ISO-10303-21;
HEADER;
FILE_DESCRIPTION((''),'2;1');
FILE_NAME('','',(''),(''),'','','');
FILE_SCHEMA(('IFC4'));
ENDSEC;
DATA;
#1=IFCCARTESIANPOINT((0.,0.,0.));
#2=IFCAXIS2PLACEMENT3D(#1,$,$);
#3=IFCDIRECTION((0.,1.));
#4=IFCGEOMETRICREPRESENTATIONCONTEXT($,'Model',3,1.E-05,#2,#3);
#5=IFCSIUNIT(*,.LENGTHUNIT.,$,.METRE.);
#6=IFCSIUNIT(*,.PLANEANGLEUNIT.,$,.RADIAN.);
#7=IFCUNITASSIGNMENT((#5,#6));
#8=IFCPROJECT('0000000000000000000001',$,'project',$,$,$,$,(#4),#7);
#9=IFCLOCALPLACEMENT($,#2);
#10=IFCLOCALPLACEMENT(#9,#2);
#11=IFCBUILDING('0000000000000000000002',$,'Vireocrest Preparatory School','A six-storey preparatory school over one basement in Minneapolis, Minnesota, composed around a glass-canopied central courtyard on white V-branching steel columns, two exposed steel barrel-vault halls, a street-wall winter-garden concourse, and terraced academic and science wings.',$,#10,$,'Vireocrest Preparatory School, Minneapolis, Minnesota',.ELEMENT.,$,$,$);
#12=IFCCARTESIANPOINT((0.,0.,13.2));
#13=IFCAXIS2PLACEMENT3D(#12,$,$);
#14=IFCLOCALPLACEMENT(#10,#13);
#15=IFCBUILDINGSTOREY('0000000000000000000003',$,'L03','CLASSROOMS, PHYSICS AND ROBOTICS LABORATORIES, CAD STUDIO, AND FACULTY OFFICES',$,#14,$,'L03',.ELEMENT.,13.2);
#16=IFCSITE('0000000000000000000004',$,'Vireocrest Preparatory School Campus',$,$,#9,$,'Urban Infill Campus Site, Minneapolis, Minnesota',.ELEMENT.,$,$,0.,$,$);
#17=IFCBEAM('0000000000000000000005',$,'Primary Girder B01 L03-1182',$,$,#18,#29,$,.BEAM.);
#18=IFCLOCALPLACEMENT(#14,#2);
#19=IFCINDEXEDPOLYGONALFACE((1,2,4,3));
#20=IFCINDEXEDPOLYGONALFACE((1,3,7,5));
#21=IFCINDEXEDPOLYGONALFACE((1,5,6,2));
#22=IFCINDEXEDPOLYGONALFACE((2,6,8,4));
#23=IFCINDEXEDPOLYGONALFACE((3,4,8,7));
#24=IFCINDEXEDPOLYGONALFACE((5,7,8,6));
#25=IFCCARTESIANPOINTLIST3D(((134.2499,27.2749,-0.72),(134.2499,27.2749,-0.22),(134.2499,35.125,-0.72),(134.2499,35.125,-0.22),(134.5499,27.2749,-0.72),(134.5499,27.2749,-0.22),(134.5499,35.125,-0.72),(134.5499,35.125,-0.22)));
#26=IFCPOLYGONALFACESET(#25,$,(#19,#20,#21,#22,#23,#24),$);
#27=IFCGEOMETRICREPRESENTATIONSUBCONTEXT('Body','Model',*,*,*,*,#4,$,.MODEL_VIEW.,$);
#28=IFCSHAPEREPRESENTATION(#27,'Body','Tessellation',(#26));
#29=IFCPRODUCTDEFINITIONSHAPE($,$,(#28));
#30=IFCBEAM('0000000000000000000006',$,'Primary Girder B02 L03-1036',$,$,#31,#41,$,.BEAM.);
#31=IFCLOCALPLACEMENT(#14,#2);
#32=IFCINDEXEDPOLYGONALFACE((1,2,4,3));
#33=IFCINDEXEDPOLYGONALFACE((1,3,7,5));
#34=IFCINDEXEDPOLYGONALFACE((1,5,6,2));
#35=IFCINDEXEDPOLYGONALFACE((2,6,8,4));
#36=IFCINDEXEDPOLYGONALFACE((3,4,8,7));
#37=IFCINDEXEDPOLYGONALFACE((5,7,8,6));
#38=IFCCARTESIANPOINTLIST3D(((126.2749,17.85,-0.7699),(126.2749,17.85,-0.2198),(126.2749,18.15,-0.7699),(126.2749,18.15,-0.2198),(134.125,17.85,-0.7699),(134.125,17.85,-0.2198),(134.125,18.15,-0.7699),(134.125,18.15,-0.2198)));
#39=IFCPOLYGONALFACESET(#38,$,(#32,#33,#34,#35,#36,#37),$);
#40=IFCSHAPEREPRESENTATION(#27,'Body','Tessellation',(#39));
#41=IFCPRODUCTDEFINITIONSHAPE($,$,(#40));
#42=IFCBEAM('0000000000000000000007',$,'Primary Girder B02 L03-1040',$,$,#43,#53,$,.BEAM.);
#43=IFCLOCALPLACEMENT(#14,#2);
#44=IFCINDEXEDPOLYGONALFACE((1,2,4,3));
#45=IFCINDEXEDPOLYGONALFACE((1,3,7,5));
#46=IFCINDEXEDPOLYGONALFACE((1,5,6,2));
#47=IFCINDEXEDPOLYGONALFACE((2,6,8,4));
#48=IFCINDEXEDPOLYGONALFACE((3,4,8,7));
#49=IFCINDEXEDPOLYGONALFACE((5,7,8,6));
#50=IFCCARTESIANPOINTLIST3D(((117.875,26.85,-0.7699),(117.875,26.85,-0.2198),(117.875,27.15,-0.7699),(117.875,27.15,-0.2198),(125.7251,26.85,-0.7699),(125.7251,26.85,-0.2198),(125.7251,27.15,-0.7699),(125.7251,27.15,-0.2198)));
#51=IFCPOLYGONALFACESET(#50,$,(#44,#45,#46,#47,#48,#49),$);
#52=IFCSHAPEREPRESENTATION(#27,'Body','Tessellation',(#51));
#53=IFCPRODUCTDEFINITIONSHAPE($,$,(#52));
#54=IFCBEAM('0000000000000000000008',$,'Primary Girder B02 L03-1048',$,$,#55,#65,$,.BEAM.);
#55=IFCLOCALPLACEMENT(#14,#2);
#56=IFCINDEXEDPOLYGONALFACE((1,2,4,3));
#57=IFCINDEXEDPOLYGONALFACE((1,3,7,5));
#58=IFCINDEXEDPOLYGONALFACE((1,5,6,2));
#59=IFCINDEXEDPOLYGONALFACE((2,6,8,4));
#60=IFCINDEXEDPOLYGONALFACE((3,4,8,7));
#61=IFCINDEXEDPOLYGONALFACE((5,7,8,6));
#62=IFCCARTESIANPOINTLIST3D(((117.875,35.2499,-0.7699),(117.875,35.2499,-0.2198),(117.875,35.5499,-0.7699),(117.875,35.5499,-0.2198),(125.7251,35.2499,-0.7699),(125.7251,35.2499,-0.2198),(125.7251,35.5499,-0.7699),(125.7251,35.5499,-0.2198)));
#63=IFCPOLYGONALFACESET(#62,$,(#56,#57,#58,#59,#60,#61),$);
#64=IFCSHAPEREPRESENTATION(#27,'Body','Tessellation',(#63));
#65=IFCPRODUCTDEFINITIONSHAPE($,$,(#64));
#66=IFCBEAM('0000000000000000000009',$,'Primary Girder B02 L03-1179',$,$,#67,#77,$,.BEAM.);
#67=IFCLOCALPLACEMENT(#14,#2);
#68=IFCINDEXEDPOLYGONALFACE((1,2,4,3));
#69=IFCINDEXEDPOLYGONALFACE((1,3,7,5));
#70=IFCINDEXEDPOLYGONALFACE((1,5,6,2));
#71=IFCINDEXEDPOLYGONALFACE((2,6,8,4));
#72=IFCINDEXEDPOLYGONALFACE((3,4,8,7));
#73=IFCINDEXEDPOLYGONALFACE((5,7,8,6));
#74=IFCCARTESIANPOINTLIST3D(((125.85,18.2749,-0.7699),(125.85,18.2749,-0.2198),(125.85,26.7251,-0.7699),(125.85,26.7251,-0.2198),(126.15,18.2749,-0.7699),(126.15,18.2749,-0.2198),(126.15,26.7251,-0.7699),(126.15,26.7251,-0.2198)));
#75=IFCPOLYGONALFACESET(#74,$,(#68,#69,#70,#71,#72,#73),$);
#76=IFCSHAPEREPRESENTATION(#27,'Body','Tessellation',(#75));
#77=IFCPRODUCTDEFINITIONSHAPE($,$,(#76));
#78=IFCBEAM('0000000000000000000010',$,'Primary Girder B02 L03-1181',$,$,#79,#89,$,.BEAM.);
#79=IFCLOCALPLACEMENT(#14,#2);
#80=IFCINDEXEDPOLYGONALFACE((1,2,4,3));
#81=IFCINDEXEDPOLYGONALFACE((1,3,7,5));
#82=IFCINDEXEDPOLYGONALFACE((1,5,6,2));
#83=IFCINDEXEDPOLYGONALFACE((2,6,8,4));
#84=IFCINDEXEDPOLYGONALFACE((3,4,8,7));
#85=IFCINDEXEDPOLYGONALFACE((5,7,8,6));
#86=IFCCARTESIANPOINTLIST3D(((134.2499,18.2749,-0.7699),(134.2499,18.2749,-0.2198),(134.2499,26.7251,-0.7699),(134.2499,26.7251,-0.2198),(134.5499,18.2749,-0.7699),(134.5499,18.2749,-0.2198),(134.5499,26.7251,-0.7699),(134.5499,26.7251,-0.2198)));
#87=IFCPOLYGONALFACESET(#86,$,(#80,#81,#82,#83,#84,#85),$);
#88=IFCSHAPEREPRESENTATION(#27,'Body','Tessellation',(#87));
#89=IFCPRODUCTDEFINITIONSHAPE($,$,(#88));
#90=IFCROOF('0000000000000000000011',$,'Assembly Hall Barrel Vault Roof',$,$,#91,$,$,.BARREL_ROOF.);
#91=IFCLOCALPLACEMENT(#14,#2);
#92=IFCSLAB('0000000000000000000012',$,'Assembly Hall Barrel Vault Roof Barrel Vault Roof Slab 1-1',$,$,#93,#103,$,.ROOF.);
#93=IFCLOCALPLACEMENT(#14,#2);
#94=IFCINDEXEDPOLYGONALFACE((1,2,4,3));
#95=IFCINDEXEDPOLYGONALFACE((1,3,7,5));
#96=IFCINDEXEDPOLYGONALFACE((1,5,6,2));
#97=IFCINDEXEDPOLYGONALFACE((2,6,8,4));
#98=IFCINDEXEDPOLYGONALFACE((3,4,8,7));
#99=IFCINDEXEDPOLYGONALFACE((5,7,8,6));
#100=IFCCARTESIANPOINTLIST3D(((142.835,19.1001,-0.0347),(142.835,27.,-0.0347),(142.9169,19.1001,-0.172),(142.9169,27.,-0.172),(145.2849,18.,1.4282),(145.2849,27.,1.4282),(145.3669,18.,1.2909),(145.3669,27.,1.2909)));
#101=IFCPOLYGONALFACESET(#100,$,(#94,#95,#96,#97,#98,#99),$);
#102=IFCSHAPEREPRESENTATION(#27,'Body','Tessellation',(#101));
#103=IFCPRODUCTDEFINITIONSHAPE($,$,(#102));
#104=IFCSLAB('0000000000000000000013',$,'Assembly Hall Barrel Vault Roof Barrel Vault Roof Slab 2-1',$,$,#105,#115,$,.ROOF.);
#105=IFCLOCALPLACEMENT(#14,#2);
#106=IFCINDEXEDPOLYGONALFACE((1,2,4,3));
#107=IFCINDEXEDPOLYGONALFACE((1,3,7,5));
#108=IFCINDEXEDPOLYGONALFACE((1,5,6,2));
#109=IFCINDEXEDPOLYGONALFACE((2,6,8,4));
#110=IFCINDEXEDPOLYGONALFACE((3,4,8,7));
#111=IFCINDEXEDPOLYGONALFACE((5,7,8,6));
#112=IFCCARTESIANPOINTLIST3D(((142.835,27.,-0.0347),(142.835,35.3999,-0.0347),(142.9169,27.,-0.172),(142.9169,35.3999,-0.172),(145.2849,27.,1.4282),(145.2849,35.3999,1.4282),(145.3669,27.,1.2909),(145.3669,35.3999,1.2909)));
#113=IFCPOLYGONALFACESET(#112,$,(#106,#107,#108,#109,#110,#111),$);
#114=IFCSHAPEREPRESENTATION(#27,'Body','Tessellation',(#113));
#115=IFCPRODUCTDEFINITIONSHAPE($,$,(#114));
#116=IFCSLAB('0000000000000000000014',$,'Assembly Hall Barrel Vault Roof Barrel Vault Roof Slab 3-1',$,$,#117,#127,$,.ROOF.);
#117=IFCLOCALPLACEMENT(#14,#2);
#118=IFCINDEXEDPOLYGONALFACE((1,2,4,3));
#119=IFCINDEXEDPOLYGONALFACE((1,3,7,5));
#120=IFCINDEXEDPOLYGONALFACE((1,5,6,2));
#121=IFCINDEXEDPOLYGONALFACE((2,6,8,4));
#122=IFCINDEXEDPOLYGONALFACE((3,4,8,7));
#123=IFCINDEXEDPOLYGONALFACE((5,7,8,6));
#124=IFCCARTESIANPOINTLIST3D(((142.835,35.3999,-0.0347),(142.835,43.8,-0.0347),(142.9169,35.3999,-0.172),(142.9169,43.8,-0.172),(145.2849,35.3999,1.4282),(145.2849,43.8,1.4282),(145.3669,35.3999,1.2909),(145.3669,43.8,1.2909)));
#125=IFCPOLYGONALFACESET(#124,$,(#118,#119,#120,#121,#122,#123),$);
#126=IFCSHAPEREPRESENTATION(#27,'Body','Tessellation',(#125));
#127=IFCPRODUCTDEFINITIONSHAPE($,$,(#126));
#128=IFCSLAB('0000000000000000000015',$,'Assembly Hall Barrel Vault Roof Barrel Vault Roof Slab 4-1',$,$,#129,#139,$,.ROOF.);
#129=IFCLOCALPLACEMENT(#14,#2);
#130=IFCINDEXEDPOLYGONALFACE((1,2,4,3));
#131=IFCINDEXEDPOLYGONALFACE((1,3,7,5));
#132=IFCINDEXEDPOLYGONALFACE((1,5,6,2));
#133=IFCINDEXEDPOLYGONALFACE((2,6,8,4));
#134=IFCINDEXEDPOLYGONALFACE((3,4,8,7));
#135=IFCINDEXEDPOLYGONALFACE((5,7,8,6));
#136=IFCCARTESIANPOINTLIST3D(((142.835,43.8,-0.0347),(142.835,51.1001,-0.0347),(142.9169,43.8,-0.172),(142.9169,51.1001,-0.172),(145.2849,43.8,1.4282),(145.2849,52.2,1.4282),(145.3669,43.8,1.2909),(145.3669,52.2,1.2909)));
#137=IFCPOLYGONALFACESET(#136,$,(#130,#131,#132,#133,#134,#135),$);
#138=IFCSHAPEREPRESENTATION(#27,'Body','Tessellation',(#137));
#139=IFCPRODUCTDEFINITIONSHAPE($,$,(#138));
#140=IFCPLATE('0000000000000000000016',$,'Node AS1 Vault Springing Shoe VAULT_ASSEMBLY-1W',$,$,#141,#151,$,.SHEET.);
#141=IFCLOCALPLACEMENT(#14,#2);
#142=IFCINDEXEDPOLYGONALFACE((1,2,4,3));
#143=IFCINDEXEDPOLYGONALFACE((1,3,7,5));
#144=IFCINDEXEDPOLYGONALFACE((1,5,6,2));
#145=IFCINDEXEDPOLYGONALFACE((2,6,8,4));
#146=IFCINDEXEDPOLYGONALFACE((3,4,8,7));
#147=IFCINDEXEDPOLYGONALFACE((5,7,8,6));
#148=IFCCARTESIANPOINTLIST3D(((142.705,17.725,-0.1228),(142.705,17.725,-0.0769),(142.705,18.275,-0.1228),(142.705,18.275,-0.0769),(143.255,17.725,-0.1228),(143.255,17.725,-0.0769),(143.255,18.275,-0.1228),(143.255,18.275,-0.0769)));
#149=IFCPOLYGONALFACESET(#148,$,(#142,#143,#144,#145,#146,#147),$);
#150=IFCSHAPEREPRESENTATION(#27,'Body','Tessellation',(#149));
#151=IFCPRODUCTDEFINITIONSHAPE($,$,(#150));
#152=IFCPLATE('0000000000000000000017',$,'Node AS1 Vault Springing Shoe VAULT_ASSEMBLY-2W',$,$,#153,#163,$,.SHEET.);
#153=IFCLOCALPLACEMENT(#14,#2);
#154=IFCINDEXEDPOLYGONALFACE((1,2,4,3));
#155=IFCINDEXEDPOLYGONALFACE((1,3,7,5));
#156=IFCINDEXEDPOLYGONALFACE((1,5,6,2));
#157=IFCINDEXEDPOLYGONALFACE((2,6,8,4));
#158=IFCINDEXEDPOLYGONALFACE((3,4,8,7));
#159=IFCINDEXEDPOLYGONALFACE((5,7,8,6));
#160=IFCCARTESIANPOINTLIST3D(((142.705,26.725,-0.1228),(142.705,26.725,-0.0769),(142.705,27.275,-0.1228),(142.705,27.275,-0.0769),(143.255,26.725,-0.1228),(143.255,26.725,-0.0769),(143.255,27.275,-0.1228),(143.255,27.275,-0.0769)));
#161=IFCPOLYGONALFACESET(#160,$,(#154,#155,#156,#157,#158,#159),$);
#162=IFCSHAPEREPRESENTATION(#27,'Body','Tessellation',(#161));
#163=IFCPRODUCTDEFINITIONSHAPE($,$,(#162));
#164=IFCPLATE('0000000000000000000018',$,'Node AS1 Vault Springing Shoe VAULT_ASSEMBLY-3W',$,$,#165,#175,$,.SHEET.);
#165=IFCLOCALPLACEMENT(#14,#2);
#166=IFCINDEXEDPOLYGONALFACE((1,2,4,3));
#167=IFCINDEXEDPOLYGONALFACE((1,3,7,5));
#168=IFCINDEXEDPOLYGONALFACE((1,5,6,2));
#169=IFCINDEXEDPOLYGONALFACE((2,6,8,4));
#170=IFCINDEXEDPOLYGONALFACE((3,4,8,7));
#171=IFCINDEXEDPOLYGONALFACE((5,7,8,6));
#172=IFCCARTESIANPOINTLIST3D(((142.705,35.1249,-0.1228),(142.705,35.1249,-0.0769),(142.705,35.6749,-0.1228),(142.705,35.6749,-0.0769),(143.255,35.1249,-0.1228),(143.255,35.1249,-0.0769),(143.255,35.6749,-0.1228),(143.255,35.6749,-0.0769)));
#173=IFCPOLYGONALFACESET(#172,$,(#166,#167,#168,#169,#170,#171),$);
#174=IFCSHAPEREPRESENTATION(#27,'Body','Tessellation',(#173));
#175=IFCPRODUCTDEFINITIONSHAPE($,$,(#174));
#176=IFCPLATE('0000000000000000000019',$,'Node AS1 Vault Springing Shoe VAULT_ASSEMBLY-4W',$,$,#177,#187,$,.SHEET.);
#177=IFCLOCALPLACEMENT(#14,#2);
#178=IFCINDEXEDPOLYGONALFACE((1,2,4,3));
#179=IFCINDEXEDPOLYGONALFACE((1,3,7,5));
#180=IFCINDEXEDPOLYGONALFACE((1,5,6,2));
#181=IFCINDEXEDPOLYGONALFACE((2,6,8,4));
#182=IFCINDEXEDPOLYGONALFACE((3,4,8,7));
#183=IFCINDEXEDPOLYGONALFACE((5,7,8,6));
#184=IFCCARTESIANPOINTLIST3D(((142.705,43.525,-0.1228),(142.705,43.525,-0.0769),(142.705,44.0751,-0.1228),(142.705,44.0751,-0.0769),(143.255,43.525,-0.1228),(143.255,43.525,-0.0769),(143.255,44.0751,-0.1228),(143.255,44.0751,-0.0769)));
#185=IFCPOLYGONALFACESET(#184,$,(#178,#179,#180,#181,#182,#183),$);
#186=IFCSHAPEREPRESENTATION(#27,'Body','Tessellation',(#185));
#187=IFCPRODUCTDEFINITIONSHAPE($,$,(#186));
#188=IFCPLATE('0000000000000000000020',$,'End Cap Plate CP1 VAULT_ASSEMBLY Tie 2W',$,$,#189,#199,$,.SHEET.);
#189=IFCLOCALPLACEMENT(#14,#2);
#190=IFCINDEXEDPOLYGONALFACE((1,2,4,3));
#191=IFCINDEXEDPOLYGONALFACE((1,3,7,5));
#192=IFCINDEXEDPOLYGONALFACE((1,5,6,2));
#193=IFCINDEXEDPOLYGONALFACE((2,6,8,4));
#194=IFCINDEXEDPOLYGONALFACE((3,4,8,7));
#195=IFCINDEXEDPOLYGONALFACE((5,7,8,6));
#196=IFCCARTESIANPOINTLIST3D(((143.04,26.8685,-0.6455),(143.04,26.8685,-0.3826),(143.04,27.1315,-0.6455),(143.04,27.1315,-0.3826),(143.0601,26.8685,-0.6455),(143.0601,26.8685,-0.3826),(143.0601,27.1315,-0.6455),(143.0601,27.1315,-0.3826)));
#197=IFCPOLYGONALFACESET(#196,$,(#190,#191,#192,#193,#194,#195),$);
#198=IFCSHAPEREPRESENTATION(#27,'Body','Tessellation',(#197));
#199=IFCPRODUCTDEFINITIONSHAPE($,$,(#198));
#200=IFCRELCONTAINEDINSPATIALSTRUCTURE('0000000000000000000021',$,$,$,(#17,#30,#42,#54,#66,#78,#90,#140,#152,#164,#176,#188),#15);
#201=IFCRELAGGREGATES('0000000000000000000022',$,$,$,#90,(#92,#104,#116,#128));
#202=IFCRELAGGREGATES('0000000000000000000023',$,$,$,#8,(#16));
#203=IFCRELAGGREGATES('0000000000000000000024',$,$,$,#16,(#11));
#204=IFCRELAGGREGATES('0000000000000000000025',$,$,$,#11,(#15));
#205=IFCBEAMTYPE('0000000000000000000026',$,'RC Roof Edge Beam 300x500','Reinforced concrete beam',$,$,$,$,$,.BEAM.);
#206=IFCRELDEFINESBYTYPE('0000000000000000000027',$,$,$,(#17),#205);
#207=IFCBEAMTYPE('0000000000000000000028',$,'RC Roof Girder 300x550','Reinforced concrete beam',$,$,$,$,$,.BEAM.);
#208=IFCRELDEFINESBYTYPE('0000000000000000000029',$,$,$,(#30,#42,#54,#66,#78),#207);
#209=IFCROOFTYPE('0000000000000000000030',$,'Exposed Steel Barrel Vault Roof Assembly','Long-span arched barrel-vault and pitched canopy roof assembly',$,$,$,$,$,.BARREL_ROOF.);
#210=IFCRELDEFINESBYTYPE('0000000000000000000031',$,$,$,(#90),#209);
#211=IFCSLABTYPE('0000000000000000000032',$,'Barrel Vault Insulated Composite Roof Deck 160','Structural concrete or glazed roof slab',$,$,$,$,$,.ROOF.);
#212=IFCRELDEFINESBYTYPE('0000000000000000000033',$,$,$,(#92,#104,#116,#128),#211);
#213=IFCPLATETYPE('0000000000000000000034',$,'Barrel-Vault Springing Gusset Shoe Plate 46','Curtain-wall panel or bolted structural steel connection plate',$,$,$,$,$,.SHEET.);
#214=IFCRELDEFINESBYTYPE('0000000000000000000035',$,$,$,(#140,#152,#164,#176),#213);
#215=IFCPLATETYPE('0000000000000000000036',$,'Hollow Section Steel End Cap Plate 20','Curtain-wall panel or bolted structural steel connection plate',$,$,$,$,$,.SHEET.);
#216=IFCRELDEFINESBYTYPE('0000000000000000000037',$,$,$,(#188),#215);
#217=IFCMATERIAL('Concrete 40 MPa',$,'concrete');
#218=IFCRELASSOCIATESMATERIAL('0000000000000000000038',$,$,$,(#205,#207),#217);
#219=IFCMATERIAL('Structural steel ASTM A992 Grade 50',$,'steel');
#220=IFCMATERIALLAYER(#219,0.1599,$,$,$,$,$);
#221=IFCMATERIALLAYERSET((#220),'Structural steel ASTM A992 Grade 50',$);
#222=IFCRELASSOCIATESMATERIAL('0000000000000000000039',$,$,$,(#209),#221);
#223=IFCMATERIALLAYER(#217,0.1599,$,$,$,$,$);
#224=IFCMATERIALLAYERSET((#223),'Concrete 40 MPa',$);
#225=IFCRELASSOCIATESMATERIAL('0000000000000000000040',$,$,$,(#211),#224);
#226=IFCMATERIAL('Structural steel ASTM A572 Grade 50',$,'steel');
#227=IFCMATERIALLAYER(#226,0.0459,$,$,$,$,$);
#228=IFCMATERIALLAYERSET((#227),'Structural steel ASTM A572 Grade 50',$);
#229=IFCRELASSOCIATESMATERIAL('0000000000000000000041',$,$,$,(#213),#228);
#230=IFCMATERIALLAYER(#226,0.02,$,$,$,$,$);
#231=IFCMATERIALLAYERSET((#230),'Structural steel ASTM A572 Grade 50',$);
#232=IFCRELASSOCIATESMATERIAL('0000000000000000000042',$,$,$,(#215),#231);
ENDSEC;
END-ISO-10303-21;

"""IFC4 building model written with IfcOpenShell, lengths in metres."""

from ifc_helpers import new_model, si_unit, direction, frame, origin, origin_2d, place, context, subcontext, project, spatial, polyline, rectangle, outline, extrude, material, layer, layer_set, material_profile, profile_set, type_object, element, aggregate, save


model = new_model("IFC4")

# Units and contexts
model_context = context("Model", 3, precision=1e-05, world=origin(), true_north=direction((0.0, 1.0)))
body_context = subcontext(model_context, "Body", "Model", "MODEL_VIEW")
ifc_project = project(units=[si_unit("LENGTHUNIT", "METRE"), si_unit("PLANEANGLEUNIT", "RADIAN")], contexts=[model_context])

# Site, building, storey
site_placement = place(None, origin())
site = spatial("IfcSite", under=ifc_project, at=site_placement, Name="Vireocrest Preparatory School Campus", LongName="Urban Infill Campus Site, Minneapolis, Minnesota", CompositionType="ELEMENT", RefElevation=0.0)
building_placement = place(site_placement, origin())
building = spatial("IfcBuilding", under=site, at=building_placement, Name="Vireocrest Preparatory School", Description="A six-storey preparatory school over one basement in Minneapolis, Minnesota, composed around a glass-canopied central courtyard on white V-branching steel columns, two exposed steel barrel-vault halls, a street-wall winter-garden concourse, and terraced academic and science wings.", LongName="Vireocrest Preparatory School, Minneapolis, Minnesota", CompositionType="ELEMENT")
storey_placement = place(building_placement, frame((0.0, 0.0, 13.2)))
storey = spatial("IfcBuildingStorey", under=building, at=storey_placement, Name="L03", Description="CLASSROOMS, PHYSICS AND ROBOTICS LABORATORIES, CAD STUDIO, AND FACULTY OFFICES", LongName="L03", CompositionType="ELEMENT", Elevation=13.2)

# Shared definitions
ifc_material_1 = material(Name="Structural steel ASTM A992 Grade 50", Category="steel")

# Beams
ifc_material_2 = material(Name="Concrete 40 MPa", Category="concrete")
ifc_material_profile_1 = material_profile(ifc_material_2, rectangle(XDim=0.3, YDim=0.5, at=origin_2d()), Name="RC 300x500")
ifc_profile_set_1 = profile_set([ifc_material_profile_1], Name="Concrete 40 MPa")
beam_type_1 = type_object("IfcBeamType", Name="RC Roof Edge Beam 300x500", Description="Reinforced concrete beam", PredefinedType="BEAM", material=ifc_profile_set_1)
for number, where, z_axis, x_axis, name in (
    (1, (134.3999, 27.2749, -0.47), (0.0, 1.0, 0.0), (-1.0, 0.0, 0.0), "Primary Girder B01 L03-1182"),
):
    element("IfcBeam", number, at=place(storey_placement, frame(where, z_axis=z_axis, x_axis=x_axis)), inside=storey, type_object=beam_type_1, Name=name, PredefinedType="BEAM", context=body_context, shape_type="SweptSolid", body=[
        extrude(rectangle(XDim=0.3, YDim=0.5, at=origin_2d()), origin(), (0.0, 0.0, 1.0), 7.8501),
    ])
ifc_material_profile_2 = material_profile(ifc_material_2, rectangle(XDim=0.3, YDim=0.55, at=origin_2d()), Name="RC 300x550")
ifc_profile_set_2 = profile_set([ifc_material_profile_2], Name="Concrete 40 MPa")
beam_type_2 = type_object("IfcBeamType", Name="RC Roof Girder 300x550", Description="Reinforced concrete beam", PredefinedType="BEAM", material=ifc_profile_set_2)
for number, where, z_axis, x_axis, name in (
    (2, (126.2749, 18.0, -0.4949), (1.0, 0.0, 0.0), (0.0, 1.0, 0.0), "Primary Girder B02 L03-1036"),
    (3, (117.875, 27.0, -0.4949), (1.0, 0.0, 0.0), (0.0, 1.0, 0.0), "Primary Girder B02 L03-1040"),
    (4, (117.875, 35.3999, -0.4949), (1.0, 0.0, 0.0), (0.0, 1.0, 0.0), "Primary Girder B02 L03-1048"),
):
    element("IfcBeam", number, at=place(storey_placement, frame(where, z_axis=z_axis, x_axis=x_axis)), inside=storey, type_object=beam_type_2, Name=name, PredefinedType="BEAM", context=body_context, shape_type="SweptSolid", body=[
        extrude(rectangle(XDim=0.3, YDim=0.55, at=origin_2d()), origin(), (0.0, 0.0, 1.0), 7.8501),
    ])
for number, where, z_axis, x_axis, name in (
    (5, (126.0, 18.2749, -0.4949), (0.0, 1.0, 0.0), (-1.0, 0.0, 0.0), "Primary Girder B02 L03-1179"),
    (6, (134.3999, 18.2749, -0.4949), (0.0, 1.0, 0.0), (-1.0, 0.0, 0.0), "Primary Girder B02 L03-1181"),
):
    element("IfcBeam", number, at=place(storey_placement, frame(where, z_axis=z_axis, x_axis=x_axis)), inside=storey, type_object=beam_type_2, Name=name, PredefinedType="BEAM", context=body_context, shape_type="SweptSolid", body=[
        extrude(rectangle(XDim=0.3, YDim=0.55, at=origin_2d()), origin(), (0.0, 0.0, 1.0), 8.4502),
    ])

# Roof, slabs
ifc_layer_1 = layer(ifc_material_1, 0.1599)
ifc_layer_set_1 = layer_set([ifc_layer_1], Name="Structural steel ASTM A992 Grade 50")
roof_type = type_object("IfcRoofType", Name="Exposed Steel Barrel Vault Roof Assembly", Description="Long-span arched barrel-vault and pitched canopy roof assembly", PredefinedType="BARREL_ROOF", material=ifc_layer_set_1)
roof_placement = place(storey_placement, origin())
roof = element("IfcRoof", 7, at=roof_placement, inside=storey, type_object=roof_type, Name="Assembly Hall Barrel Vault Roof", PredefinedType="BARREL_ROOF")
ifc_layer_2 = layer(ifc_material_2, 0.1599)
ifc_layer_set_2 = layer_set([ifc_layer_2], Name="Concrete 40 MPa")
slab_type = type_object("IfcSlabType", Name="Barrel Vault Insulated Composite Roof Deck 160", Description="Structural concrete or glazed roof slab", PredefinedType="ROOF", material=ifc_layer_set_2)
slab_1_placement = place(storey_placement, frame((142.835, 19.1001, -0.0347), z_axis=(-0.51267, 0.0, 0.858586), x_axis=(0.801112, -0.359722, 0.478352)))
slab_1 = element("IfcSlab", 8, at=slab_1_placement, type_object=slab_type, Name="Assembly Hall Barrel Vault Roof Barrel Vault Roof Slab 1-1", PredefinedType="ROOF", context=body_context, shape_type="SweptSolid", body=[
    extrude(outline(polyline([(0.0, 0.0), (3.0582, 0.0), (-0.1793, 8.3975), (-2.8418, 7.3711), (0.0, 0.0)])), origin(), (0.0, 0.0, -1.0), 0.1599),
])
slab_2_placement = place(storey_placement, frame((142.835, 27.0, -0.0347), z_axis=(-0.51267, 0.0, 0.858586), x_axis=(0.858586, 0.0, 0.51267)))
slab_2 = element("IfcSlab", 9, at=slab_2_placement, type_object=slab_type, Name="Assembly Hall Barrel Vault Roof Barrel Vault Roof Slab 2-1", PredefinedType="ROOF", context=body_context, shape_type="SweptSolid", body=[
    extrude(outline(polyline([(0.0, 0.0), (2.8535, 0.0), (2.8535, 8.3999), (0.0, 8.3999), (0.0, 0.0)])), origin(), (0.0, 0.0, -1.0), 0.1599),
])
slab_3_placement = place(storey_placement, frame((142.835, 35.3999, -0.0347), z_axis=(-0.51267, 0.0, 0.858586), x_axis=(0.858586, 0.0, 0.51267)))
slab_3 = element("IfcSlab", 10, at=slab_3_placement, type_object=slab_type, Name="Assembly Hall Barrel Vault Roof Barrel Vault Roof Slab 3-1", PredefinedType="ROOF", context=body_context, shape_type="SweptSolid", body=[
    extrude(outline(polyline([(0.0, 0.0), (2.8535, 0.0), (2.8535, 8.4001), (0.0, 8.4001), (0.0, 0.0)])), origin(), (0.0, 0.0, -1.0), 0.1599),
])
slab_4_placement = place(storey_placement, frame((142.835, 43.8, -0.0347), z_axis=(-0.51267, 0.0, 0.858586), x_axis=(0.858586, 0.0, 0.51267)))
slab_4 = element("IfcSlab", 11, at=slab_4_placement, type_object=slab_type, Name="Assembly Hall Barrel Vault Roof Barrel Vault Roof Slab 4-1", PredefinedType="ROOF", context=body_context, shape_type="SweptSolid", body=[
    extrude(outline(polyline([(0.0, 0.0), (2.8535, 0.0), (2.8535, 8.3999), (0.0, 7.3), (0.0, 0.0)])), origin(), (0.0, 0.0, -1.0), 0.1599),
])
aggregate(roof, [slab_1, slab_2, slab_3, slab_4])

# Plates
ifc_material_3 = material(Name="Structural steel ASTM A572 Grade 50", Category="steel")
ifc_layer_3 = layer(ifc_material_3, 0.0459)
ifc_layer_set_3 = layer_set([ifc_layer_3], Name="Structural steel ASTM A572 Grade 50")
plate_type_1 = type_object("IfcPlateType", Name="Barrel-Vault Springing Gusset Shoe Plate 46", Description="Curtain-wall panel or bolted structural steel connection plate", PredefinedType="SHEET", material=ifc_layer_set_3)
for number, where, z_axis, x_axis, name in (
    (12, (142.98, 18.0, -0.1228), (0.0, 0.0, 1.0), (1.0, 0.0, 0.0), "Node AS1 Vault Springing Shoe VAULT_ASSEMBLY-1W"),
    (13, (142.98, 27.0, -0.1228), (0.0, 0.0, 1.0), (1.0, 0.0, 0.0), "Node AS1 Vault Springing Shoe VAULT_ASSEMBLY-2W"),
    (14, (142.98, 35.3999, -0.1228), (0.0, 0.0, 1.0), (1.0, 0.0, 0.0), "Node AS1 Vault Springing Shoe VAULT_ASSEMBLY-3W"),
    (15, (142.98, 43.8, -0.1228), (0.0, 0.0, 1.0), (1.0, 0.0, 0.0), "Node AS1 Vault Springing Shoe VAULT_ASSEMBLY-4W"),
):
    element("IfcPlate", number, at=place(storey_placement, frame(where, z_axis=z_axis, x_axis=x_axis)), inside=storey, type_object=plate_type_1, Name=name, PredefinedType="SHEET", context=body_context, shape_type="SweptSolid", body=[
        extrude(rectangle(XDim=0.55, YDim=0.55, at=origin_2d()), origin(), (0.0, 0.0, 1.0), 0.0459),
    ])
ifc_layer_4 = layer(ifc_material_3, 0.02)
ifc_layer_set_4 = layer_set([ifc_layer_4], Name="Structural steel ASTM A572 Grade 50")
plate_type_2 = type_object("IfcPlateType", Name="Hollow Section Steel End Cap Plate 20", Description="Curtain-wall panel or bolted structural steel connection plate", PredefinedType="SHEET", material=ifc_layer_set_4)
plate_placement = place(storey_placement, frame((143.05, 27.0, -0.6455), z_axis=(0.0, 0.0, 1.0), x_axis=(1.0, 0.0, 0.0)))
element("IfcPlate", 16, at=plate_placement, inside=storey, type_object=plate_type_2, Name="End Cap Plate CP1 VAULT_ASSEMBLY Tie 2W", PredefinedType="SHEET", context=body_context, shape_type="SweptSolid", body=[
    extrude(rectangle(XDim=0.02, YDim=0.2629, at=origin_2d()), origin(), (0.0, 0.0, 1.0), 0.2629),
])

save(model, "model.ifc")
